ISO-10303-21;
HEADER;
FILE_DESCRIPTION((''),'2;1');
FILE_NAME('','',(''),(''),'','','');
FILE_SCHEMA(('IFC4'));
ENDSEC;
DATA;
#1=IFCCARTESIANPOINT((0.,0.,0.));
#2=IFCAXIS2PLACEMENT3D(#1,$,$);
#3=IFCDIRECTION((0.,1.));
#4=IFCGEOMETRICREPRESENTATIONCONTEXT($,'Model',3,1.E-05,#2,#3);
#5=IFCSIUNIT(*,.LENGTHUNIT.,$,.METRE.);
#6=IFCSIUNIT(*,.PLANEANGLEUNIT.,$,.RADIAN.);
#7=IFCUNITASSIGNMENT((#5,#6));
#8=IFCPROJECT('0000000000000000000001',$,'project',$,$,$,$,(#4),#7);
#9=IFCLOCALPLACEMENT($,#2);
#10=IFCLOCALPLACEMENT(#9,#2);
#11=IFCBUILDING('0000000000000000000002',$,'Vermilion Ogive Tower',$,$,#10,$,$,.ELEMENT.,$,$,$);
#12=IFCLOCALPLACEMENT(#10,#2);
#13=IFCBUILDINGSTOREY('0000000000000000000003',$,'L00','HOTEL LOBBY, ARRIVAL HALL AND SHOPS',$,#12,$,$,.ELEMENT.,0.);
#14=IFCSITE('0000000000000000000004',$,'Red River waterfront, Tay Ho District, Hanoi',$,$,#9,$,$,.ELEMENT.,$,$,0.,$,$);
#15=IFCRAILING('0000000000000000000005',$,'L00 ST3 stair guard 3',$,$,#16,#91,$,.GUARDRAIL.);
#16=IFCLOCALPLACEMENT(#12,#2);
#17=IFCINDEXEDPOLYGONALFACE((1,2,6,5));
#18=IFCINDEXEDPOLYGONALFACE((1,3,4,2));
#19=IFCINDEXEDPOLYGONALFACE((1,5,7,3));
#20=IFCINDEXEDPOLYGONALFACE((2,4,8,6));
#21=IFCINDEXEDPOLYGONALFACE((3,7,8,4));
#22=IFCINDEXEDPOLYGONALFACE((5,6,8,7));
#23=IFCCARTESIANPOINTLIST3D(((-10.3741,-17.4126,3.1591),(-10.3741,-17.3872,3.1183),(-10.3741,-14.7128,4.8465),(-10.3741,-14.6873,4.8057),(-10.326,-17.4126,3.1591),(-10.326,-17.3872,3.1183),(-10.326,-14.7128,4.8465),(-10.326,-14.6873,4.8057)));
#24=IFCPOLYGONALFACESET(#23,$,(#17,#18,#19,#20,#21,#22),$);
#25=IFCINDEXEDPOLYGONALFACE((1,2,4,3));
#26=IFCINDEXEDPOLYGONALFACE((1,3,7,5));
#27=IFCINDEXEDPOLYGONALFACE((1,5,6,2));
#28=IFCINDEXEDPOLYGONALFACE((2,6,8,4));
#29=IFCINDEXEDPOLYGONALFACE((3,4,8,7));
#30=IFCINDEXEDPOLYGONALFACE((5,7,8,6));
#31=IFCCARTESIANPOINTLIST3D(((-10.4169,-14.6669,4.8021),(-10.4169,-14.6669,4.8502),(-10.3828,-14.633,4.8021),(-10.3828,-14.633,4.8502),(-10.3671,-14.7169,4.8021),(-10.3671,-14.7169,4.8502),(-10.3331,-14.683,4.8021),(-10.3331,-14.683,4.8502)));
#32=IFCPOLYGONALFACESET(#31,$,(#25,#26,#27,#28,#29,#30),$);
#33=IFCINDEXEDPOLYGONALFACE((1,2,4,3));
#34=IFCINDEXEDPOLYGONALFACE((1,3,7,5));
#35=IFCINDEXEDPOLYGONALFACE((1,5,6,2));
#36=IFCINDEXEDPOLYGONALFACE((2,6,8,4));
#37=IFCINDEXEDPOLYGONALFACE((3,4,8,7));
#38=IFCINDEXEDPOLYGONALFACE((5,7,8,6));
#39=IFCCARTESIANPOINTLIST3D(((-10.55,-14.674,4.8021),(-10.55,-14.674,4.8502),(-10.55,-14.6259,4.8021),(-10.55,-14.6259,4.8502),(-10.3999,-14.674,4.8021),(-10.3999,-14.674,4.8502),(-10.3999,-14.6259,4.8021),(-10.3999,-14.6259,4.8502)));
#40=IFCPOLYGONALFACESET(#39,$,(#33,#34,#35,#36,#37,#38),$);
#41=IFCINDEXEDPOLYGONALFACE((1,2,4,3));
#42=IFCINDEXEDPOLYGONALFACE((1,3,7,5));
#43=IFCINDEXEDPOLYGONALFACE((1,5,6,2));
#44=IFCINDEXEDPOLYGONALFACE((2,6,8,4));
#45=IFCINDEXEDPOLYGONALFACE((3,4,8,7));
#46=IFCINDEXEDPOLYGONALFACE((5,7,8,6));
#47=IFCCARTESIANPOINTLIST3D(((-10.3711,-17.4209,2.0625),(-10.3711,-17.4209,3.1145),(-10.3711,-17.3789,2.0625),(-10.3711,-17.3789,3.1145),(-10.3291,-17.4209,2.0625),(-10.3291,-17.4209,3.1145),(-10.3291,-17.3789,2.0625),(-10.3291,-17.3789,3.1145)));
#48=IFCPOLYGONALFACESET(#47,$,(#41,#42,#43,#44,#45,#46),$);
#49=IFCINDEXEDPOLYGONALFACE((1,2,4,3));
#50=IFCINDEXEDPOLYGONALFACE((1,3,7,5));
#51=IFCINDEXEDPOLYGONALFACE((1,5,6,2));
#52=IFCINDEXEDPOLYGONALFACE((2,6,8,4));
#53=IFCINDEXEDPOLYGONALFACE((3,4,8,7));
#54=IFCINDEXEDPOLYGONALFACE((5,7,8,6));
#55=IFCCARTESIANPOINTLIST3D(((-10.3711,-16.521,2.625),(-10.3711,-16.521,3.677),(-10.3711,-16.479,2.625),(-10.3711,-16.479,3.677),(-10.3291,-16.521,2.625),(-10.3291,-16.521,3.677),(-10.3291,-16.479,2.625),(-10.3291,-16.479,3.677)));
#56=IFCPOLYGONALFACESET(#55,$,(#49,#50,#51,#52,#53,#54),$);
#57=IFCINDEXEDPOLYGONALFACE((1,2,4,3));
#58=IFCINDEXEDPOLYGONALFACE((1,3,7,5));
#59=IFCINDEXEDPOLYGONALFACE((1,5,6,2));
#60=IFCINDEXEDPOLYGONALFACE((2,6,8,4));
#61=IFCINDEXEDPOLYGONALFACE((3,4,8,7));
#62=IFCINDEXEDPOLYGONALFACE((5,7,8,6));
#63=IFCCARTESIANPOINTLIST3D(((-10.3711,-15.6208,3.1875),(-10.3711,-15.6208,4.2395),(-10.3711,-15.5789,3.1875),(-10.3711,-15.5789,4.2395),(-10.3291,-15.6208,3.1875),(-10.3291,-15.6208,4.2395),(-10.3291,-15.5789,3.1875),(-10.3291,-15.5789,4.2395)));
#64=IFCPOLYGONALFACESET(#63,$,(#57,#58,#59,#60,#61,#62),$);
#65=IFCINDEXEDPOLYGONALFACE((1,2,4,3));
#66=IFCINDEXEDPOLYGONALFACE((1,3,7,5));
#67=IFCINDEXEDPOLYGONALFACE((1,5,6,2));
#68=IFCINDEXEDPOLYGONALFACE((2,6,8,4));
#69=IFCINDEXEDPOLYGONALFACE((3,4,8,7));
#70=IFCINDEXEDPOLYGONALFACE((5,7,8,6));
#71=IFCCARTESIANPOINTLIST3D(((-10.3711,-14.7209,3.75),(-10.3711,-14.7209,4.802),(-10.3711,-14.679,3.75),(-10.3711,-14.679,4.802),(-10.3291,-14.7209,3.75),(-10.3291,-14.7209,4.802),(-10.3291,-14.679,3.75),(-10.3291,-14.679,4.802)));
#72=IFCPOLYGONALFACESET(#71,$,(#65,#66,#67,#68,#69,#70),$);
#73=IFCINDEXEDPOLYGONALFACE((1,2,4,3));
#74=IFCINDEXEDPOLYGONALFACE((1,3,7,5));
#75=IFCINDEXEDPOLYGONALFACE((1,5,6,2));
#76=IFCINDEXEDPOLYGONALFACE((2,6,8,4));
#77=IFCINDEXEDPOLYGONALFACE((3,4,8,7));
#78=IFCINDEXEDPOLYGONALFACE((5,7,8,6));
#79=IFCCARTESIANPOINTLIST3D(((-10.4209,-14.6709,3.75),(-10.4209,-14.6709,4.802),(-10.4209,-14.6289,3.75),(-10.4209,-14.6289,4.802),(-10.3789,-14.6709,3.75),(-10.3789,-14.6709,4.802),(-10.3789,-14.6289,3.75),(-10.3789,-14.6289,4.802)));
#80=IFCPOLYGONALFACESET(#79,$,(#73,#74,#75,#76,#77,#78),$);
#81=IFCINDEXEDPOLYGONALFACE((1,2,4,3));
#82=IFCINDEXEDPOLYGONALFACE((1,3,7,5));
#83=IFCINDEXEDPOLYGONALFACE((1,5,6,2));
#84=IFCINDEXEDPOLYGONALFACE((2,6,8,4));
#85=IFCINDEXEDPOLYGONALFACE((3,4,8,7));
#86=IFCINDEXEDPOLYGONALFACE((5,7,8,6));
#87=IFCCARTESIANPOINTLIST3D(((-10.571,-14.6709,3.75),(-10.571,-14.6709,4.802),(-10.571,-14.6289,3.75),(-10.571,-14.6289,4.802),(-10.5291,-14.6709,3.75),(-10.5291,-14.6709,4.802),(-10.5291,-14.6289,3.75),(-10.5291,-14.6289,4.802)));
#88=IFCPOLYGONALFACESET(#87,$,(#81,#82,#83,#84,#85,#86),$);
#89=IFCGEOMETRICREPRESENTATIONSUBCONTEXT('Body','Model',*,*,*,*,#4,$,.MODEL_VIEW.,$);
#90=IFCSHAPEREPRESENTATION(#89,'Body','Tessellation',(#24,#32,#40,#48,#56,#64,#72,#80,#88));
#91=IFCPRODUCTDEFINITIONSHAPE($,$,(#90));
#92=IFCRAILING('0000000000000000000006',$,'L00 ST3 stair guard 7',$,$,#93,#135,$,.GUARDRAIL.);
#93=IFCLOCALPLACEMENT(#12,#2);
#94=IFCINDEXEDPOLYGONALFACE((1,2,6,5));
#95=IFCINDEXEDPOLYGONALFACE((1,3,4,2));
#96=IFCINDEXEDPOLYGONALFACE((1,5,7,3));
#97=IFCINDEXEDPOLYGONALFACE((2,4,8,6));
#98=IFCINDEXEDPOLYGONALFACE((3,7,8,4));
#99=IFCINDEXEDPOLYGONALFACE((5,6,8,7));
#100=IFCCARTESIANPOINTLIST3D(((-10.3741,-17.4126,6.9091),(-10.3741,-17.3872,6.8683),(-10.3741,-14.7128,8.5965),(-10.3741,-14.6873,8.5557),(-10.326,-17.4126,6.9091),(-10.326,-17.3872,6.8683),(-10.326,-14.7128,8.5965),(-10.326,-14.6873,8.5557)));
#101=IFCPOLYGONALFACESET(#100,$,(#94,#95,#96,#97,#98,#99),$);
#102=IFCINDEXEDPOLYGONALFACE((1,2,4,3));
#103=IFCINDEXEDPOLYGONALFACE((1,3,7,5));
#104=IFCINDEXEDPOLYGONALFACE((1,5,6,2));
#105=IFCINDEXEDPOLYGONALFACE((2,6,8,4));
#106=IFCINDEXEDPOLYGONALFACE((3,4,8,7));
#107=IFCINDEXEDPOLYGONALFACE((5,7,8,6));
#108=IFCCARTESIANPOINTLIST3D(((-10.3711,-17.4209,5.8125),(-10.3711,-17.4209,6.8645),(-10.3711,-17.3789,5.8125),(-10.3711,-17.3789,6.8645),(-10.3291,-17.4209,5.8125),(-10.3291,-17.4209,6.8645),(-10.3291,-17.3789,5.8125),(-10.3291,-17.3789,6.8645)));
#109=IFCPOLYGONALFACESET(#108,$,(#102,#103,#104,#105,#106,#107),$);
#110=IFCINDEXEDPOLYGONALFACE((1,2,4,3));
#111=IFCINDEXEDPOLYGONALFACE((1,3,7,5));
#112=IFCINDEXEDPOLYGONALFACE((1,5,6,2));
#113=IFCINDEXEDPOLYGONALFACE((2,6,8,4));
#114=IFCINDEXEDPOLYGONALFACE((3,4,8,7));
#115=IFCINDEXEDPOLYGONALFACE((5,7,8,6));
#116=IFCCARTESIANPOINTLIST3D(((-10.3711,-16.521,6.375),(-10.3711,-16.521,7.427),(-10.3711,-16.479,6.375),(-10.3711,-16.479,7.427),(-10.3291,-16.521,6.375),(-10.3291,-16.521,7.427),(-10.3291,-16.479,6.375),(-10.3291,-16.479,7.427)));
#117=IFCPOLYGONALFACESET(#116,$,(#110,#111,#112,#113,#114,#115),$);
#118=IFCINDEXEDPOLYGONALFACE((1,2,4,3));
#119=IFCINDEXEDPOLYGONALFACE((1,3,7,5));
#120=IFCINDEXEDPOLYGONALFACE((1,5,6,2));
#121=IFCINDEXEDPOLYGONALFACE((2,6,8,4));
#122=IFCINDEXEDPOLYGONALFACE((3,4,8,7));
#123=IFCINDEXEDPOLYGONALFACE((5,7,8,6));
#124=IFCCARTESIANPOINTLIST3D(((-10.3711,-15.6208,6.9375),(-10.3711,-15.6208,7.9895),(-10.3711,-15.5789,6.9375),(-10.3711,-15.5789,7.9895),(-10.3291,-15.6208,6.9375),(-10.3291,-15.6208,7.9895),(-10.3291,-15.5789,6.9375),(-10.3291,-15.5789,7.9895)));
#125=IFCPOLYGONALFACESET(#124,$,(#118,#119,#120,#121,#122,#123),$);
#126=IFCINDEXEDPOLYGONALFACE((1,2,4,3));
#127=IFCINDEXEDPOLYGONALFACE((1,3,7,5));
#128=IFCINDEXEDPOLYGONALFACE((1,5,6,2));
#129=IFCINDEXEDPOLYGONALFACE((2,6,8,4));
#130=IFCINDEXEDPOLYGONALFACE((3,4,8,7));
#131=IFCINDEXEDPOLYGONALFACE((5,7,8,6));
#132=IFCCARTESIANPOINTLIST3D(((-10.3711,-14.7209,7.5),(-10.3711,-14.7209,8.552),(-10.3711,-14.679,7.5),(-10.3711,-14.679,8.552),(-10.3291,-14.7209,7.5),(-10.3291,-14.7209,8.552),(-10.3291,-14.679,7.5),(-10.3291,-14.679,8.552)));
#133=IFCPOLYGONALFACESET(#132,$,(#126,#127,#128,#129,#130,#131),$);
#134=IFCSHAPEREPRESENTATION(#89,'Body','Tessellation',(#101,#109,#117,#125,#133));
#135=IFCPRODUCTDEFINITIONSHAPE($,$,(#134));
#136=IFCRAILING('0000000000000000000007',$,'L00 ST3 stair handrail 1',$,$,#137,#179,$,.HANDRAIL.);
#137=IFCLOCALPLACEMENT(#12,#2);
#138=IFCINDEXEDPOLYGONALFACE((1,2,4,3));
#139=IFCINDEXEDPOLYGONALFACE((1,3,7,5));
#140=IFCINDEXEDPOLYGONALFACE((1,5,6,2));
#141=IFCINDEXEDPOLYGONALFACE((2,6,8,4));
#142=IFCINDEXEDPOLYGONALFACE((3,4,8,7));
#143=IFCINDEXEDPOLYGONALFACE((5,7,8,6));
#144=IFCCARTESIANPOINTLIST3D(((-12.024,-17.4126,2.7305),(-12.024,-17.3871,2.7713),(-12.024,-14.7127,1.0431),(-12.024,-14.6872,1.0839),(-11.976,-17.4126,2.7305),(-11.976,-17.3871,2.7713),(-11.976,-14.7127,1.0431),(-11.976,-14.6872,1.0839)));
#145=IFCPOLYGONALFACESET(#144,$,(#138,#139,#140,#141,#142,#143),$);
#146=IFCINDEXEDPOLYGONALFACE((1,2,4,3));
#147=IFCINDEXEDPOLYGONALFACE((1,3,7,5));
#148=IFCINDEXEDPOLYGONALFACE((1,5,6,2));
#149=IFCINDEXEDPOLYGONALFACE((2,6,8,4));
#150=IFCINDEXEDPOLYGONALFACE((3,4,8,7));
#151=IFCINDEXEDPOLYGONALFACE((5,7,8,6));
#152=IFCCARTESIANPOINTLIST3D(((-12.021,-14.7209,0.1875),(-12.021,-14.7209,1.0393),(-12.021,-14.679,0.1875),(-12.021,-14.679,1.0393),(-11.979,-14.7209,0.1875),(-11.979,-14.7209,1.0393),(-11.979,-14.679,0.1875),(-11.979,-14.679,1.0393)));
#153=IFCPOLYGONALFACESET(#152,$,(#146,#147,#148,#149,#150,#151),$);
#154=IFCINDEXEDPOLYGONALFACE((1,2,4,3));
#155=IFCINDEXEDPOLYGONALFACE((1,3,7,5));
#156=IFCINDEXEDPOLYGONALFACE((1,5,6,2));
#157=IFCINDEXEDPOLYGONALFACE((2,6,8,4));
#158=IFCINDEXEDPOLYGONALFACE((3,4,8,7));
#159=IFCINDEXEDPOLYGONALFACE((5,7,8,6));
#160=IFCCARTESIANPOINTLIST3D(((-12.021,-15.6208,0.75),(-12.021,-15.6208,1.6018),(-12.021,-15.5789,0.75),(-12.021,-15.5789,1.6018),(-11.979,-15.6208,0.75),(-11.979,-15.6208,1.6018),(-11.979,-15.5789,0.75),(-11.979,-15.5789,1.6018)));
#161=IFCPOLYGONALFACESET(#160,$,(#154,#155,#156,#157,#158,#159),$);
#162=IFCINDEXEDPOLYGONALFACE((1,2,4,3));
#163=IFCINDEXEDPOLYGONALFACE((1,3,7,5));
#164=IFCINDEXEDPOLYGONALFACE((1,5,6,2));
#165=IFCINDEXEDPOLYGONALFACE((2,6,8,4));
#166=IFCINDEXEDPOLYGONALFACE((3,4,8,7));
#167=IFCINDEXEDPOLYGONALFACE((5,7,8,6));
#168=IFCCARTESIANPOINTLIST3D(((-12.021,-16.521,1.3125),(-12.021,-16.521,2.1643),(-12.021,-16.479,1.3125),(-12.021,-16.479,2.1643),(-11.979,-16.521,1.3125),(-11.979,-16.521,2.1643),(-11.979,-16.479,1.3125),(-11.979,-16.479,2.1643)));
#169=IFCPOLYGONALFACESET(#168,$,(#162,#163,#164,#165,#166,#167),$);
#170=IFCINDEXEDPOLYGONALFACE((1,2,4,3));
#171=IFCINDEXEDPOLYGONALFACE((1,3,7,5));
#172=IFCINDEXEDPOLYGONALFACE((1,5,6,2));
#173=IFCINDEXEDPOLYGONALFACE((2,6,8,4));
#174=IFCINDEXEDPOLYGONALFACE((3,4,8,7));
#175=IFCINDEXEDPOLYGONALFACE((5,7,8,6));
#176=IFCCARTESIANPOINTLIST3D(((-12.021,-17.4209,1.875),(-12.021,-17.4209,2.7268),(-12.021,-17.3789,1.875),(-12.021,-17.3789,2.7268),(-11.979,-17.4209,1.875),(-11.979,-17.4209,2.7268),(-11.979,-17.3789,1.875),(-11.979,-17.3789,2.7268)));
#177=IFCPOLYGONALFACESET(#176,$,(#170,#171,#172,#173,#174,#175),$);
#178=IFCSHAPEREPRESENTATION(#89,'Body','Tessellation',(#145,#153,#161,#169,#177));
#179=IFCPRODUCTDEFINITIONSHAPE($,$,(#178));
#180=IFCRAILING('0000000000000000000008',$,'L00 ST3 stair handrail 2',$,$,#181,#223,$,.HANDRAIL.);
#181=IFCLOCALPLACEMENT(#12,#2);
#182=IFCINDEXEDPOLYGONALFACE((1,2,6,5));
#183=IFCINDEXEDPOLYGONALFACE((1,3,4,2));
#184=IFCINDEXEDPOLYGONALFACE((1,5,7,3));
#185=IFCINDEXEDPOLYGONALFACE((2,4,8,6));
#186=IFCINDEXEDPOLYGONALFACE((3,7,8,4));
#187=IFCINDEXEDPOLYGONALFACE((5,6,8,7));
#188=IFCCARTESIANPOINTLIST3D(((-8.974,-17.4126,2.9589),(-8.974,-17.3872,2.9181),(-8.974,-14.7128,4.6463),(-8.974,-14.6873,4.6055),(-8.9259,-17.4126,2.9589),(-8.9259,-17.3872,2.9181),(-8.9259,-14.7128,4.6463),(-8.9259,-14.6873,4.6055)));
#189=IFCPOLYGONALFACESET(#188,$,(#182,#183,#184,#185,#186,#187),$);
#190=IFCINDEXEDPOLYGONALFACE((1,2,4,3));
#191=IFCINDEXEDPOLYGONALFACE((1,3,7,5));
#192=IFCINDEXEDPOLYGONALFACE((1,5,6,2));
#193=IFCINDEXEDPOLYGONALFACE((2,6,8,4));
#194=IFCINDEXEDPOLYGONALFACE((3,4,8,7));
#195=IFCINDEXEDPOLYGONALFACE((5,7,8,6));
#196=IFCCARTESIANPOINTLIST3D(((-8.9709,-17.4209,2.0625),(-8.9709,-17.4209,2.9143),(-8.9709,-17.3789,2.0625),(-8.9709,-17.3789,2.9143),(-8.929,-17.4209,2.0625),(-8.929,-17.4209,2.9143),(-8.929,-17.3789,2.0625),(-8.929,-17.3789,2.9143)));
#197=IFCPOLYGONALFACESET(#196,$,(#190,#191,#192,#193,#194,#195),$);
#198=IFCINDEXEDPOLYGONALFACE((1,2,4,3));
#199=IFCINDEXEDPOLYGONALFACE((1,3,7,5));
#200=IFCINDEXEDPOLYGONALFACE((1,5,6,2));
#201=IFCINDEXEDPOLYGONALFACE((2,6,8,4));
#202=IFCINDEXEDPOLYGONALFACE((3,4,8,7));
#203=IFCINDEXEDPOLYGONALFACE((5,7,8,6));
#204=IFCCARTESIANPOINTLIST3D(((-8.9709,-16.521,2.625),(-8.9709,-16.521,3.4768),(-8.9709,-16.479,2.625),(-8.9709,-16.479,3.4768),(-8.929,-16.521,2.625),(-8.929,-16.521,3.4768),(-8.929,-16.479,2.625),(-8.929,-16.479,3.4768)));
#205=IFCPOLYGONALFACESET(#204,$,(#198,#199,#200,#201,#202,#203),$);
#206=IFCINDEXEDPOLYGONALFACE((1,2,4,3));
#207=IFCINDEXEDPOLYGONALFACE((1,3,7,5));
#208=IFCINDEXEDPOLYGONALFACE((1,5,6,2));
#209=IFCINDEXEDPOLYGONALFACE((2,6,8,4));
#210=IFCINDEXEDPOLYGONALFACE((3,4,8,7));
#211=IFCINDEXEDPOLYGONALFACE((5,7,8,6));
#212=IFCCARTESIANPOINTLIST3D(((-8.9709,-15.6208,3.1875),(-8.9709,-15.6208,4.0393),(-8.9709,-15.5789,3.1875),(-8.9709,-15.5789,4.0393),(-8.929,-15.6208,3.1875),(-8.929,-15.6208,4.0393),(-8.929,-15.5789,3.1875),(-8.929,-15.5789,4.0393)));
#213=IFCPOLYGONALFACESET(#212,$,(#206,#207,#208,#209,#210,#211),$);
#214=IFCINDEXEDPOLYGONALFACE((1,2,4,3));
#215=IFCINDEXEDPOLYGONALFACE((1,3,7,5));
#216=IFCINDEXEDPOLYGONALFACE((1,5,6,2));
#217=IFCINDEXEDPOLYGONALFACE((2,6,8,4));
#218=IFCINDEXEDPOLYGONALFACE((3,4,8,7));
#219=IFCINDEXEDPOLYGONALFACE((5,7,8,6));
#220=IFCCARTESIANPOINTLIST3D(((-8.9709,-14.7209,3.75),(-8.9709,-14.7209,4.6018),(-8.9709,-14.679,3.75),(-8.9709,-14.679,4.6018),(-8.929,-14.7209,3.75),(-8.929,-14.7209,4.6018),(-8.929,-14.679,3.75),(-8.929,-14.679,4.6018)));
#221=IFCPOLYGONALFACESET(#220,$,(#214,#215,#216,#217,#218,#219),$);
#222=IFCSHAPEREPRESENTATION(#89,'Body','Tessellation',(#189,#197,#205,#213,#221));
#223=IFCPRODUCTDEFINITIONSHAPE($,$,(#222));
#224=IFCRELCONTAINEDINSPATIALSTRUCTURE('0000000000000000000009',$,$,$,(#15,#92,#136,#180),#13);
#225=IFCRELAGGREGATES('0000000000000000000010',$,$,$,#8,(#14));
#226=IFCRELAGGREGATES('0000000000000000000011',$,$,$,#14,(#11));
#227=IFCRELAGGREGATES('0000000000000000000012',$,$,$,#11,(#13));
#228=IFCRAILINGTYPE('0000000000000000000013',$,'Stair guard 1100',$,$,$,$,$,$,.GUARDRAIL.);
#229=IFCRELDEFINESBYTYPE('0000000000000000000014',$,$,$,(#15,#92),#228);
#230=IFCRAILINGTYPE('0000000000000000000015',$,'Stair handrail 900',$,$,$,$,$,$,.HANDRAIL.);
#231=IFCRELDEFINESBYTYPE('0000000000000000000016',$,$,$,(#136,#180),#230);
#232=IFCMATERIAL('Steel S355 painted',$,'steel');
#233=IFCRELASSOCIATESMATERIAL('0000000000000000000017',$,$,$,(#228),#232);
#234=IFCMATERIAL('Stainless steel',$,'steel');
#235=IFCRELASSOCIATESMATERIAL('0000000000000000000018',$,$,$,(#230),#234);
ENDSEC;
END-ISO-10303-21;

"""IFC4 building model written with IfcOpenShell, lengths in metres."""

from ifc_helpers import new_model, si_unit, direction, frame, origin, origin_2d, place, context, subcontext, project, spatial, rectangle, extrude, material, type_object, element, save


model = new_model("IFC4")

# Units and contexts
model_context = context("Model", 3, precision=1e-05, world=origin(), true_north=direction((0.0, 1.0)))
body_context = subcontext(model_context, "Body", "Model", "MODEL_VIEW")
ifc_project = project(units=[si_unit("LENGTHUNIT", "METRE"), si_unit("PLANEANGLEUNIT", "RADIAN")], contexts=[model_context])

# Site, building, storey
site_placement = place(None, origin())
site = spatial("IfcSite", under=ifc_project, at=site_placement, Name="Red River waterfront, Tay Ho District, Hanoi", CompositionType="ELEMENT", RefElevation=0.0)
building_placement = place(site_placement, origin())
building = spatial("IfcBuilding", under=site, at=building_placement, Name="Vermilion Ogive Tower", CompositionType="ELEMENT")
storey_placement = place(building_placement, origin())
storey = spatial("IfcBuildingStorey", under=building, at=storey_placement, Name="L00", Description="HOTEL LOBBY, ARRIVAL HALL AND SHOPS", CompositionType="ELEMENT", Elevation=0.0)

# Railings
ifc_material_1 = material(Name="Steel S355 painted", Category="steel")
railing_type_1 = type_object("IfcRailingType", Name="Stair guard 1100", PredefinedType="GUARDRAIL", material=ifc_material_1)
railing_1_placement = place(storey_placement, frame((-10.3501, -17.3999, 2.0625)))
element("IfcRailing", 1, at=railing_1_placement, inside=storey, type_object=railing_type_1, Name="L00 ST3 stair guard 3", PredefinedType="GUARDRAIL", context=body_context, shape_type="SweptSolid", body=[
    extrude(rectangle(XDim=0.0481, YDim=0.0481, at=origin_2d()), frame((0.0, 0.0, 1.0762), z_axis=(0.0, 0.847994, 0.530006), x_axis=(-1.0, 0.0, 0.0)), (0.0, 0.0, 1.0), 3.1838),
    extrude(rectangle(XDim=0.0481, YDim=0.0481, at=origin_2d()), frame((0.0, 2.7, 2.7637), z_axis=(-0.705376, 0.708834, 0.0), x_axis=(-0.708834, -0.705376, 0.0)), (0.0, 0.0, 1.0), 0.0706),
    extrude(rectangle(XDim=0.0481, YDim=0.0481, at=origin_2d()), frame((-0.0498, 2.75, 2.7637), z_axis=(-1.0, 0.0, 0.0), x_axis=(0.0, -1.0, 0.0)), (0.0, 0.0, 1.0), 0.1501),
    extrude(rectangle(XDim=0.042, YDim=0.042, at=origin_2d()), origin(), (0.0, 0.0, 1.0), 1.052),
    extrude(rectangle(XDim=0.042, YDim=0.042, at=origin_2d()), frame((0.0, 0.8999, 0.5625)), (0.0, 0.0, 1.0), 1.052),
    extrude(rectangle(XDim=0.042, YDim=0.042, at=origin_2d()), frame((0.0, 1.8, 1.125)), (0.0, 0.0, 1.0), 1.052),
    extrude(rectangle(XDim=0.042, YDim=0.042, at=origin_2d()), frame((0.0, 2.7, 1.6875)), (0.0, 0.0, 1.0), 1.052),
    extrude(rectangle(XDim=0.042, YDim=0.042, at=origin_2d()), frame((-0.0498, 2.75, 1.6875)), (0.0, 0.0, 1.0), 1.052),
    extrude(rectangle(XDim=0.042, YDim=0.042, at=origin_2d()), frame((-0.2, 2.75, 1.6875)), (0.0, 0.0, 1.0), 1.052),
])
railing_2_placement = place(storey_placement, frame((-10.3501, -17.3999, 5.8125)))
element("IfcRailing", 2, at=railing_2_placement, inside=storey, type_object=railing_type_1, Name="L00 ST3 stair guard 7", PredefinedType="GUARDRAIL", context=body_context, shape_type="SweptSolid", body=[
    extrude(rectangle(XDim=0.0481, YDim=0.0481, at=origin_2d()), frame((0.0, 0.0, 1.0762), z_axis=(0.0, 0.847994, 0.530006), x_axis=(-1.0, 0.0, 0.0)), (0.0, 0.0, 1.0), 3.1838),
    extrude(rectangle(XDim=0.042, YDim=0.042, at=origin_2d()), origin(), (0.0, 0.0, 1.0), 1.052),
    extrude(rectangle(XDim=0.042, YDim=0.042, at=origin_2d()), frame((0.0, 0.8999, 0.5625)), (0.0, 0.0, 1.0), 1.052),
    extrude(rectangle(XDim=0.042, YDim=0.042, at=origin_2d()), frame((0.0, 1.8, 1.125)), (0.0, 0.0, 1.0), 1.052),
    extrude(rectangle(XDim=0.042, YDim=0.042, at=origin_2d()), frame((0.0, 2.7, 1.6875)), (0.0, 0.0, 1.0), 1.052),
])
ifc_material_2 = material(Name="Stainless steel", Category="steel")
railing_type_2 = type_object("IfcRailingType", Name="Stair handrail 900", PredefinedType="HANDRAIL", material=ifc_material_2)
railing_3_placement = place(storey_placement, frame((-12.0, -14.7, 0.1875)))
element("IfcRailing", 3, at=railing_3_placement, inside=storey, type_object=railing_type_2, Name="L00 ST3 stair handrail 1", PredefinedType="HANDRAIL", context=body_context, shape_type="SweptSolid", body=[
    extrude(rectangle(XDim=0.0481, YDim=0.0481, at=origin_2d()), frame((0.0, 0.0, 0.876), z_axis=(0.0, -0.847994, 0.530006), x_axis=(1.0, 0.0, 0.0)), (0.0, 0.0, 1.0), 3.1838),
    extrude(rectangle(XDim=0.042, YDim=0.042, at=origin_2d()), origin(), (0.0, 0.0, 1.0), 0.8518),
    extrude(rectangle(XDim=0.042, YDim=0.042, at=origin_2d()), frame((0.0, -0.8999, 0.5625)), (0.0, 0.0, 1.0), 0.8518),
    extrude(rectangle(XDim=0.042, YDim=0.042, at=origin_2d()), frame((0.0, -1.8, 1.125)), (0.0, 0.0, 1.0), 0.8518),
    extrude(rectangle(XDim=0.042, YDim=0.042, at=origin_2d()), frame((0.0, -2.7, 1.6875)), (0.0, 0.0, 1.0), 0.8518),
])
railing_4_placement = place(storey_placement, frame((-8.95, -17.3999, 2.0625)))
element("IfcRailing", 4, at=railing_4_placement, inside=storey, type_object=railing_type_2, Name="L00 ST3 stair handrail 2", PredefinedType="HANDRAIL", context=body_context, shape_type="SweptSolid", body=[
    extrude(rectangle(XDim=0.0481, YDim=0.0481, at=origin_2d()), frame((0.0, 0.0, 0.876), z_axis=(0.0, 0.847994, 0.530006), x_axis=(-1.0, 0.0, 0.0)), (0.0, 0.0, 1.0), 3.1838),
    extrude(rectangle(XDim=0.042, YDim=0.042, at=origin_2d()), origin(), (0.0, 0.0, 1.0), 0.8518),
    extrude(rectangle(XDim=0.042, YDim=0.042, at=origin_2d()), frame((0.0, 0.8999, 0.5625)), (0.0, 0.0, 1.0), 0.8518),
    extrude(rectangle(XDim=0.042, YDim=0.042, at=origin_2d()), frame((0.0, 1.8, 1.125)), (0.0, 0.0, 1.0), 0.8518),
    extrude(rectangle(XDim=0.042, YDim=0.042, at=origin_2d()), frame((0.0, 2.7, 1.6875)), (0.0, 0.0, 1.0), 0.8518),
])

save(model, "model.ifc")
